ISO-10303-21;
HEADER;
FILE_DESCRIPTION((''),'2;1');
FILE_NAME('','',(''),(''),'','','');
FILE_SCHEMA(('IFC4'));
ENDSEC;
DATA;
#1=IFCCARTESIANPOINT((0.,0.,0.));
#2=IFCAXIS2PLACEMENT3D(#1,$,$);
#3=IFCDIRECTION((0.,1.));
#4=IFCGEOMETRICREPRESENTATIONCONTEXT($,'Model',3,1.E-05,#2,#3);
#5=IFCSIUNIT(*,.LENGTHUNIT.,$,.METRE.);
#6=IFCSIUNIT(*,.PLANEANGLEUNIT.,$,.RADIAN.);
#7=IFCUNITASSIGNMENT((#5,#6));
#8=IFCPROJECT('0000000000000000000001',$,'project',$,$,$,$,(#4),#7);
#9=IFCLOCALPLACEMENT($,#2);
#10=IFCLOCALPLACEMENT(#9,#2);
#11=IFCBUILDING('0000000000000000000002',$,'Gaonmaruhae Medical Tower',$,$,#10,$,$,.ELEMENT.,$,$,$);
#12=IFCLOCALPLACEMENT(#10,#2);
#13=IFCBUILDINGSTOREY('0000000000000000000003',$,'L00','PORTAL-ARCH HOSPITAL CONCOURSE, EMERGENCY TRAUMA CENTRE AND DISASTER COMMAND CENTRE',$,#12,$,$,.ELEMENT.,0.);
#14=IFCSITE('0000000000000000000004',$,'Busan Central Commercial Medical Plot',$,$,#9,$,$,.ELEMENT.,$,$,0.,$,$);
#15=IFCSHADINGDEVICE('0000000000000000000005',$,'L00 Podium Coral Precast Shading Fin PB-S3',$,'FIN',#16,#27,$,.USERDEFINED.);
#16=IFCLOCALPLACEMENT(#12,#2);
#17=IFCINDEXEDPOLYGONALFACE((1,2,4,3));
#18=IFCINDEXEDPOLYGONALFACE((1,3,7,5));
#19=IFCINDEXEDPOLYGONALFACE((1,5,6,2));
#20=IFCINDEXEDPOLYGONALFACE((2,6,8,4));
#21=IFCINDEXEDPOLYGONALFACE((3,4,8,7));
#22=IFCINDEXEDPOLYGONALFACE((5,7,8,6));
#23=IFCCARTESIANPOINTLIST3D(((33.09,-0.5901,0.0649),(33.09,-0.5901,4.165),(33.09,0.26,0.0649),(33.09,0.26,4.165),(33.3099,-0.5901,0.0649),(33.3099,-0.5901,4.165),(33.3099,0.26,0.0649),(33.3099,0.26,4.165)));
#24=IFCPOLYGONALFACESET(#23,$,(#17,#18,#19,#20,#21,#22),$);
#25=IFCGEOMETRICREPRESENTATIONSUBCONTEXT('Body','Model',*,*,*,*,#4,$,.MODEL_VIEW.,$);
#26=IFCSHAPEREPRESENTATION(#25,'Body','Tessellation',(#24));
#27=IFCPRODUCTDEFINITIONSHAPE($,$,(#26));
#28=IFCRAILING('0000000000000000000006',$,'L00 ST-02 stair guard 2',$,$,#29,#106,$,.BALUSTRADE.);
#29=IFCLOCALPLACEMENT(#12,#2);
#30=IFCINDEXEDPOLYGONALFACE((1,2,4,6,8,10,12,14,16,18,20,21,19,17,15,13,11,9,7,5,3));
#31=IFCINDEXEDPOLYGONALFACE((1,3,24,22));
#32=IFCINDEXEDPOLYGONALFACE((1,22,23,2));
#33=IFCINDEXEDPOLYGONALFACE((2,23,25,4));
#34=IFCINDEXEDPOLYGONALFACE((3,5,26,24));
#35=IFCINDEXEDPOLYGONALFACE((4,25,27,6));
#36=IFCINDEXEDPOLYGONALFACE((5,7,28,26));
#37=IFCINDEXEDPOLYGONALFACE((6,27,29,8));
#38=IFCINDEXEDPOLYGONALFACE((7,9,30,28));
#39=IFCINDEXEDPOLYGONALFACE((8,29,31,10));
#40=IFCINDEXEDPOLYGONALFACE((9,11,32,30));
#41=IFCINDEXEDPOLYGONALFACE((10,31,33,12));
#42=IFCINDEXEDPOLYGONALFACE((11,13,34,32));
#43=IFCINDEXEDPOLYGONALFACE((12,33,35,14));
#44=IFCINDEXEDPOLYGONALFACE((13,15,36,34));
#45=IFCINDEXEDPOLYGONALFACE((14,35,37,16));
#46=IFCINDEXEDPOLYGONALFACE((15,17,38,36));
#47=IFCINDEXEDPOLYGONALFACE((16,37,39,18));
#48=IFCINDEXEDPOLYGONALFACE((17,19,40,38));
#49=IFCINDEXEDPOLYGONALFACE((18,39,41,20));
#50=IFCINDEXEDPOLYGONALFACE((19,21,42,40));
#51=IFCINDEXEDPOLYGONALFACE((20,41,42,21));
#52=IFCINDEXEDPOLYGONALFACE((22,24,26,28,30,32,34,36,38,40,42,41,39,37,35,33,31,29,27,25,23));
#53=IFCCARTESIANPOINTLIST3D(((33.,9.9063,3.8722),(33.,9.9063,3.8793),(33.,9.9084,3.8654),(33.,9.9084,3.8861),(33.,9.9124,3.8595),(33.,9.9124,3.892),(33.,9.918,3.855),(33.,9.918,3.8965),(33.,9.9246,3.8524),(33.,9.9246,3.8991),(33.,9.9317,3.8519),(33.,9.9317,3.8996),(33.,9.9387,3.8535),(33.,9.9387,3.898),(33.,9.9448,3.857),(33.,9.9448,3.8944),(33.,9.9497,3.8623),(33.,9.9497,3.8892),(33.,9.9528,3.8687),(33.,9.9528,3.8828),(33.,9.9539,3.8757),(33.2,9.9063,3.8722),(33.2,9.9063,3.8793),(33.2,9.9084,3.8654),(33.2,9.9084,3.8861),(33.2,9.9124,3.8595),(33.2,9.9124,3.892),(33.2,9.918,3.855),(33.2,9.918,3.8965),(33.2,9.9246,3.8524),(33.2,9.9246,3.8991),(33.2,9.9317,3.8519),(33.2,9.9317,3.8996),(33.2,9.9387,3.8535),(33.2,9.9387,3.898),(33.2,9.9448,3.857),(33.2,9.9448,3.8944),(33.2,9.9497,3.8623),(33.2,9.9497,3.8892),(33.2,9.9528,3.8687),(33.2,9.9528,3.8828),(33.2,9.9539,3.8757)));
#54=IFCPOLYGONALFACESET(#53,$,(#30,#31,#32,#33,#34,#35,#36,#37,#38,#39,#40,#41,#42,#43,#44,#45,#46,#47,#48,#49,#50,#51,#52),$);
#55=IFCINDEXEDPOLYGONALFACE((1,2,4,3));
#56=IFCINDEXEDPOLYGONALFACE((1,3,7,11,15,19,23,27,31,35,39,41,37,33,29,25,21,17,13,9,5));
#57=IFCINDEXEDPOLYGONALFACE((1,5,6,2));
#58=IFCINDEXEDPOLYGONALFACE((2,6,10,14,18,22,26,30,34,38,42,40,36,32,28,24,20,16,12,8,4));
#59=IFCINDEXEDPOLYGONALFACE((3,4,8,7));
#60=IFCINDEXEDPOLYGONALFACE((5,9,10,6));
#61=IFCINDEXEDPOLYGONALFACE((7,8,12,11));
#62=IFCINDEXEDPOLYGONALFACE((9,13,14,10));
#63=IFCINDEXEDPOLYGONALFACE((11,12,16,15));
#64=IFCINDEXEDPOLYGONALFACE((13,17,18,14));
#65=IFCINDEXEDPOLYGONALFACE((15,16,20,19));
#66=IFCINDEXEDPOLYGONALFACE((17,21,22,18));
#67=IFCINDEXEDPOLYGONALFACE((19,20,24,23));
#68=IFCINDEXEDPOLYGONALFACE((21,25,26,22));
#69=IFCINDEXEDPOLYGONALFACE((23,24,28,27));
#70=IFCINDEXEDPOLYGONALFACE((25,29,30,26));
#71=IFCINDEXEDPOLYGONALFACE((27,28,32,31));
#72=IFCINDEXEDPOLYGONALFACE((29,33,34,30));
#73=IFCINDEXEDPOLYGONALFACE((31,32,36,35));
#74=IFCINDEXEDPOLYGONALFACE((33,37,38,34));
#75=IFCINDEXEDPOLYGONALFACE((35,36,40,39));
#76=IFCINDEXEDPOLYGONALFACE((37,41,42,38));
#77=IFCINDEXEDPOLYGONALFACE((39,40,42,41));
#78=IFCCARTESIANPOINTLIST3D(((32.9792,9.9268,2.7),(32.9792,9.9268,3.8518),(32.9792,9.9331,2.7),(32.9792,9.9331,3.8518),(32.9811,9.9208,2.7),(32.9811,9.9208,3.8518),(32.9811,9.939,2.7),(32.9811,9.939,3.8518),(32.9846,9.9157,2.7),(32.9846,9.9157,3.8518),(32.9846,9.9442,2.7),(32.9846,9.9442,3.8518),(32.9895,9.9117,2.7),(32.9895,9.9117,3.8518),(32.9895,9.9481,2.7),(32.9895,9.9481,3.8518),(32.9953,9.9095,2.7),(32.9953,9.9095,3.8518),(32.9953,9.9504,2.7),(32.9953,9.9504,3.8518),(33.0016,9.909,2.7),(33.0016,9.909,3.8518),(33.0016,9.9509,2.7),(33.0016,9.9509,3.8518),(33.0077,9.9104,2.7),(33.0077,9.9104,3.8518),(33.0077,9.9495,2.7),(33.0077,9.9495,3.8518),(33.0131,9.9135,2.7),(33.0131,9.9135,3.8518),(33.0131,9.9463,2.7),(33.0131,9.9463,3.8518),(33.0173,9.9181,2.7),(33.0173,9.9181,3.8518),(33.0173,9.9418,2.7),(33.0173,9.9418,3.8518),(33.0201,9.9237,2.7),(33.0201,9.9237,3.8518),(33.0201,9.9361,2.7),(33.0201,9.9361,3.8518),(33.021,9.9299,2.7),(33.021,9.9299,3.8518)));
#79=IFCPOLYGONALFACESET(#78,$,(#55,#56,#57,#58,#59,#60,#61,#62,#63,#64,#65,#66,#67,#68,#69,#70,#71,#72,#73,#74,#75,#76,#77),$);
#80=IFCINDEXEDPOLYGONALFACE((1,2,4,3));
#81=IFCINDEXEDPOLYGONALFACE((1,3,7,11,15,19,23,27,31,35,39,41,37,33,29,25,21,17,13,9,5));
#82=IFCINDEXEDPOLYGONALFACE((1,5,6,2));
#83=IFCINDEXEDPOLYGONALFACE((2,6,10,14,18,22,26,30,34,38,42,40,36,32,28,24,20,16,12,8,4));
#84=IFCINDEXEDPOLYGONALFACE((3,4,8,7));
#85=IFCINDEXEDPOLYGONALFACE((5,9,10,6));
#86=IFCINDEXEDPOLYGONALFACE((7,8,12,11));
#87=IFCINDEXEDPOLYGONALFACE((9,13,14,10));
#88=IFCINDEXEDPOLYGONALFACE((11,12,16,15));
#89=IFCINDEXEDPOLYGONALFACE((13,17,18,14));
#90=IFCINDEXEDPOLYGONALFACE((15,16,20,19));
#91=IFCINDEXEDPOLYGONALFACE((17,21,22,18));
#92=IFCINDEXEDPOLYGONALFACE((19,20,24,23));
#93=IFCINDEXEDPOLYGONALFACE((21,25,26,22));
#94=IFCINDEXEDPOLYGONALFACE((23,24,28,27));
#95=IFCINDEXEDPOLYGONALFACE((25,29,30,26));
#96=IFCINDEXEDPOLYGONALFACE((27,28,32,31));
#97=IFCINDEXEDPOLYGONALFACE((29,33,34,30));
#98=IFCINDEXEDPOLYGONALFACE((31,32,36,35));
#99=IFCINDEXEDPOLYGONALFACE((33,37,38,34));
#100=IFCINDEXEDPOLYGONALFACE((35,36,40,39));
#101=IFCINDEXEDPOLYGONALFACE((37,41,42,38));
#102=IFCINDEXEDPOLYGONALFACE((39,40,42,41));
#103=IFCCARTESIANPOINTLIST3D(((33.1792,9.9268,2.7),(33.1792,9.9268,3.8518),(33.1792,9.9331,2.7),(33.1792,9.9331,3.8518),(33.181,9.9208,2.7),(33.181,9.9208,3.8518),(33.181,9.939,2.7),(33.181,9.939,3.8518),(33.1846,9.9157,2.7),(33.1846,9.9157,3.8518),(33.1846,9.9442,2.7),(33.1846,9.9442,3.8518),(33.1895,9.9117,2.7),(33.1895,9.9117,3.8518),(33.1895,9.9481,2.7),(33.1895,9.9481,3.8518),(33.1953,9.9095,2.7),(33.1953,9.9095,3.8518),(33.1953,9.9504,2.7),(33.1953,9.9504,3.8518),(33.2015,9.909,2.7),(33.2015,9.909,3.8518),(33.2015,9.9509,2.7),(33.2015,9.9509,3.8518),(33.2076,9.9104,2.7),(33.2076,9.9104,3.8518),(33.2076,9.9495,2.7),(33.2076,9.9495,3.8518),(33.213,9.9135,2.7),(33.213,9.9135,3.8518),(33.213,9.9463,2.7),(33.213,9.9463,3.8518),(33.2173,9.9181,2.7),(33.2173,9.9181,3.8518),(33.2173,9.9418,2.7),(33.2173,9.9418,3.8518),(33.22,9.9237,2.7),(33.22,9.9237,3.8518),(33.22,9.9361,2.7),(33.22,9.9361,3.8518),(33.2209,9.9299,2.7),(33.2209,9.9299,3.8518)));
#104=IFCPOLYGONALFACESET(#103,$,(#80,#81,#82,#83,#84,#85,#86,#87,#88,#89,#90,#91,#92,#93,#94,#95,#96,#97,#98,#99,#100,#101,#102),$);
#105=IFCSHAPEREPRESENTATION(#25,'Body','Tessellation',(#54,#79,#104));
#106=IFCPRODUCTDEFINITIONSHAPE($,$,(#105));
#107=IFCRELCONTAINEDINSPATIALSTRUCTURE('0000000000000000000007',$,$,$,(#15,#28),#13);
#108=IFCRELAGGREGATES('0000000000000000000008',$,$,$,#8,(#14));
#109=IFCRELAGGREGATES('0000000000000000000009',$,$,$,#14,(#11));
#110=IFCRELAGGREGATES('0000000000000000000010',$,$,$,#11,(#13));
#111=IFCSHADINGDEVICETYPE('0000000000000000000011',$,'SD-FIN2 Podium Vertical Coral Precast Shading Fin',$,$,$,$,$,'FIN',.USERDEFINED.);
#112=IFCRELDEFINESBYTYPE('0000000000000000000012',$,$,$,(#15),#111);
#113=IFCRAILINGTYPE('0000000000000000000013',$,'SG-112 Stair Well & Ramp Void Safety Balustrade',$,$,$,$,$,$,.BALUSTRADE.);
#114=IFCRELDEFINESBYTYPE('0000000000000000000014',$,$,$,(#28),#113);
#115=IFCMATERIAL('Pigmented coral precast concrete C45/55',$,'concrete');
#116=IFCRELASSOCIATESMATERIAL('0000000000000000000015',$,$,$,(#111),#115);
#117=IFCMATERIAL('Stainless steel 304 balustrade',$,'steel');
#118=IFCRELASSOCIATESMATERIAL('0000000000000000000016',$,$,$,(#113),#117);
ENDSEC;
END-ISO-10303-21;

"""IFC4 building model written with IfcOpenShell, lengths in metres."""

from ifc_helpers import new_model, si_unit, direction, frame, origin, origin_2d, place, context, subcontext, project, spatial, rectangle, circle, extrude, material, type_object, element, save


model = new_model("IFC4")

# Units and contexts
model_context = context("Model", 3, precision=1e-05, world=origin(), true_north=direction((0.0, 1.0)))
body_context = subcontext(model_context, "Body", "Model", "MODEL_VIEW")
ifc_project = project(units=[si_unit("LENGTHUNIT", "METRE"), si_unit("PLANEANGLEUNIT", "RADIAN")], contexts=[model_context])

# Site, building, storey
site_placement = place(None, origin())
site = spatial("IfcSite", under=ifc_project, at=site_placement, Name="Busan Central Commercial Medical Plot", CompositionType="ELEMENT", RefElevation=0.0)
building_placement = place(site_placement, origin())
building = spatial("IfcBuilding", under=site, at=building_placement, Name="Gaonmaruhae Medical Tower", CompositionType="ELEMENT")
storey_placement = place(building_placement, origin())
storey = spatial("IfcBuildingStorey", under=building, at=storey_placement, Name="L00", Description="PORTAL-ARCH HOSPITAL CONCOURSE, EMERGENCY TRAUMA CENTRE AND DISASTER COMMAND CENTRE", CompositionType="ELEMENT", Elevation=0.0)

# Shading device
ifc_material_1 = material(Name="Pigmented coral precast concrete C45/55", Category="concrete")
shading_device_type = type_object("IfcShadingDeviceType", Name="SD-FIN2 Podium Vertical Coral Precast Shading Fin", ElementType="FIN", PredefinedType="USERDEFINED", material=ifc_material_1)
shading_device_placement = place(storey_placement, frame((33.2, -0.165, 0.0649), z_axis=(0.0, 0.0, 1.0), x_axis=(-1.0, 0.0, 0.0)))
element("IfcShadingDevice", 1, at=shading_device_placement, inside=storey, type_object=shading_device_type, Name="L00 Podium Coral Precast Shading Fin PB-S3", ObjectType="FIN", PredefinedType="USERDEFINED", context=body_context, shape_type="SweptSolid", body=[
    extrude(rectangle(XDim=0.22, YDim=0.8501, at=origin_2d()), origin(), (0.0, 0.0, 1.0), 4.1001),
])

# Railing
ifc_material_2 = material(Name="Stainless steel 304 balustrade", Category="steel")
railing_type = type_object("IfcRailingType", Name="SG-112 Stair Well & Ramp Void Safety Balustrade", PredefinedType="BALUSTRADE", material=ifc_material_2)
railing_1_placement = place(storey_placement, frame((33.0, 9.9299, 2.7)))
element("IfcRailing", 2, at=railing_1_placement, inside=storey, type_object=railing_type, Name="L00 ST-02 stair guard 2", PredefinedType="BALUSTRADE", context=body_context, shape_type="SweptSolid", body=[
    extrude(circle(Radius=0.0239, at=origin_2d()), frame((0.0, 0.0, 1.1758), z_axis=(1.0, 0.0, 0.0), x_axis=(0.0, 1.0, 0.0)), (0.0, 0.0, 1.0), 0.2),
    extrude(circle(Radius=0.021, at=origin_2d()), origin(), (0.0, 0.0, 1.0), 1.1519),
    extrude(circle(Radius=0.021, at=origin_2d()), frame((0.2, 0.0, 0.0)), (0.0, 0.0, 1.0), 1.1519),
])

save(model, "model.ifc")
